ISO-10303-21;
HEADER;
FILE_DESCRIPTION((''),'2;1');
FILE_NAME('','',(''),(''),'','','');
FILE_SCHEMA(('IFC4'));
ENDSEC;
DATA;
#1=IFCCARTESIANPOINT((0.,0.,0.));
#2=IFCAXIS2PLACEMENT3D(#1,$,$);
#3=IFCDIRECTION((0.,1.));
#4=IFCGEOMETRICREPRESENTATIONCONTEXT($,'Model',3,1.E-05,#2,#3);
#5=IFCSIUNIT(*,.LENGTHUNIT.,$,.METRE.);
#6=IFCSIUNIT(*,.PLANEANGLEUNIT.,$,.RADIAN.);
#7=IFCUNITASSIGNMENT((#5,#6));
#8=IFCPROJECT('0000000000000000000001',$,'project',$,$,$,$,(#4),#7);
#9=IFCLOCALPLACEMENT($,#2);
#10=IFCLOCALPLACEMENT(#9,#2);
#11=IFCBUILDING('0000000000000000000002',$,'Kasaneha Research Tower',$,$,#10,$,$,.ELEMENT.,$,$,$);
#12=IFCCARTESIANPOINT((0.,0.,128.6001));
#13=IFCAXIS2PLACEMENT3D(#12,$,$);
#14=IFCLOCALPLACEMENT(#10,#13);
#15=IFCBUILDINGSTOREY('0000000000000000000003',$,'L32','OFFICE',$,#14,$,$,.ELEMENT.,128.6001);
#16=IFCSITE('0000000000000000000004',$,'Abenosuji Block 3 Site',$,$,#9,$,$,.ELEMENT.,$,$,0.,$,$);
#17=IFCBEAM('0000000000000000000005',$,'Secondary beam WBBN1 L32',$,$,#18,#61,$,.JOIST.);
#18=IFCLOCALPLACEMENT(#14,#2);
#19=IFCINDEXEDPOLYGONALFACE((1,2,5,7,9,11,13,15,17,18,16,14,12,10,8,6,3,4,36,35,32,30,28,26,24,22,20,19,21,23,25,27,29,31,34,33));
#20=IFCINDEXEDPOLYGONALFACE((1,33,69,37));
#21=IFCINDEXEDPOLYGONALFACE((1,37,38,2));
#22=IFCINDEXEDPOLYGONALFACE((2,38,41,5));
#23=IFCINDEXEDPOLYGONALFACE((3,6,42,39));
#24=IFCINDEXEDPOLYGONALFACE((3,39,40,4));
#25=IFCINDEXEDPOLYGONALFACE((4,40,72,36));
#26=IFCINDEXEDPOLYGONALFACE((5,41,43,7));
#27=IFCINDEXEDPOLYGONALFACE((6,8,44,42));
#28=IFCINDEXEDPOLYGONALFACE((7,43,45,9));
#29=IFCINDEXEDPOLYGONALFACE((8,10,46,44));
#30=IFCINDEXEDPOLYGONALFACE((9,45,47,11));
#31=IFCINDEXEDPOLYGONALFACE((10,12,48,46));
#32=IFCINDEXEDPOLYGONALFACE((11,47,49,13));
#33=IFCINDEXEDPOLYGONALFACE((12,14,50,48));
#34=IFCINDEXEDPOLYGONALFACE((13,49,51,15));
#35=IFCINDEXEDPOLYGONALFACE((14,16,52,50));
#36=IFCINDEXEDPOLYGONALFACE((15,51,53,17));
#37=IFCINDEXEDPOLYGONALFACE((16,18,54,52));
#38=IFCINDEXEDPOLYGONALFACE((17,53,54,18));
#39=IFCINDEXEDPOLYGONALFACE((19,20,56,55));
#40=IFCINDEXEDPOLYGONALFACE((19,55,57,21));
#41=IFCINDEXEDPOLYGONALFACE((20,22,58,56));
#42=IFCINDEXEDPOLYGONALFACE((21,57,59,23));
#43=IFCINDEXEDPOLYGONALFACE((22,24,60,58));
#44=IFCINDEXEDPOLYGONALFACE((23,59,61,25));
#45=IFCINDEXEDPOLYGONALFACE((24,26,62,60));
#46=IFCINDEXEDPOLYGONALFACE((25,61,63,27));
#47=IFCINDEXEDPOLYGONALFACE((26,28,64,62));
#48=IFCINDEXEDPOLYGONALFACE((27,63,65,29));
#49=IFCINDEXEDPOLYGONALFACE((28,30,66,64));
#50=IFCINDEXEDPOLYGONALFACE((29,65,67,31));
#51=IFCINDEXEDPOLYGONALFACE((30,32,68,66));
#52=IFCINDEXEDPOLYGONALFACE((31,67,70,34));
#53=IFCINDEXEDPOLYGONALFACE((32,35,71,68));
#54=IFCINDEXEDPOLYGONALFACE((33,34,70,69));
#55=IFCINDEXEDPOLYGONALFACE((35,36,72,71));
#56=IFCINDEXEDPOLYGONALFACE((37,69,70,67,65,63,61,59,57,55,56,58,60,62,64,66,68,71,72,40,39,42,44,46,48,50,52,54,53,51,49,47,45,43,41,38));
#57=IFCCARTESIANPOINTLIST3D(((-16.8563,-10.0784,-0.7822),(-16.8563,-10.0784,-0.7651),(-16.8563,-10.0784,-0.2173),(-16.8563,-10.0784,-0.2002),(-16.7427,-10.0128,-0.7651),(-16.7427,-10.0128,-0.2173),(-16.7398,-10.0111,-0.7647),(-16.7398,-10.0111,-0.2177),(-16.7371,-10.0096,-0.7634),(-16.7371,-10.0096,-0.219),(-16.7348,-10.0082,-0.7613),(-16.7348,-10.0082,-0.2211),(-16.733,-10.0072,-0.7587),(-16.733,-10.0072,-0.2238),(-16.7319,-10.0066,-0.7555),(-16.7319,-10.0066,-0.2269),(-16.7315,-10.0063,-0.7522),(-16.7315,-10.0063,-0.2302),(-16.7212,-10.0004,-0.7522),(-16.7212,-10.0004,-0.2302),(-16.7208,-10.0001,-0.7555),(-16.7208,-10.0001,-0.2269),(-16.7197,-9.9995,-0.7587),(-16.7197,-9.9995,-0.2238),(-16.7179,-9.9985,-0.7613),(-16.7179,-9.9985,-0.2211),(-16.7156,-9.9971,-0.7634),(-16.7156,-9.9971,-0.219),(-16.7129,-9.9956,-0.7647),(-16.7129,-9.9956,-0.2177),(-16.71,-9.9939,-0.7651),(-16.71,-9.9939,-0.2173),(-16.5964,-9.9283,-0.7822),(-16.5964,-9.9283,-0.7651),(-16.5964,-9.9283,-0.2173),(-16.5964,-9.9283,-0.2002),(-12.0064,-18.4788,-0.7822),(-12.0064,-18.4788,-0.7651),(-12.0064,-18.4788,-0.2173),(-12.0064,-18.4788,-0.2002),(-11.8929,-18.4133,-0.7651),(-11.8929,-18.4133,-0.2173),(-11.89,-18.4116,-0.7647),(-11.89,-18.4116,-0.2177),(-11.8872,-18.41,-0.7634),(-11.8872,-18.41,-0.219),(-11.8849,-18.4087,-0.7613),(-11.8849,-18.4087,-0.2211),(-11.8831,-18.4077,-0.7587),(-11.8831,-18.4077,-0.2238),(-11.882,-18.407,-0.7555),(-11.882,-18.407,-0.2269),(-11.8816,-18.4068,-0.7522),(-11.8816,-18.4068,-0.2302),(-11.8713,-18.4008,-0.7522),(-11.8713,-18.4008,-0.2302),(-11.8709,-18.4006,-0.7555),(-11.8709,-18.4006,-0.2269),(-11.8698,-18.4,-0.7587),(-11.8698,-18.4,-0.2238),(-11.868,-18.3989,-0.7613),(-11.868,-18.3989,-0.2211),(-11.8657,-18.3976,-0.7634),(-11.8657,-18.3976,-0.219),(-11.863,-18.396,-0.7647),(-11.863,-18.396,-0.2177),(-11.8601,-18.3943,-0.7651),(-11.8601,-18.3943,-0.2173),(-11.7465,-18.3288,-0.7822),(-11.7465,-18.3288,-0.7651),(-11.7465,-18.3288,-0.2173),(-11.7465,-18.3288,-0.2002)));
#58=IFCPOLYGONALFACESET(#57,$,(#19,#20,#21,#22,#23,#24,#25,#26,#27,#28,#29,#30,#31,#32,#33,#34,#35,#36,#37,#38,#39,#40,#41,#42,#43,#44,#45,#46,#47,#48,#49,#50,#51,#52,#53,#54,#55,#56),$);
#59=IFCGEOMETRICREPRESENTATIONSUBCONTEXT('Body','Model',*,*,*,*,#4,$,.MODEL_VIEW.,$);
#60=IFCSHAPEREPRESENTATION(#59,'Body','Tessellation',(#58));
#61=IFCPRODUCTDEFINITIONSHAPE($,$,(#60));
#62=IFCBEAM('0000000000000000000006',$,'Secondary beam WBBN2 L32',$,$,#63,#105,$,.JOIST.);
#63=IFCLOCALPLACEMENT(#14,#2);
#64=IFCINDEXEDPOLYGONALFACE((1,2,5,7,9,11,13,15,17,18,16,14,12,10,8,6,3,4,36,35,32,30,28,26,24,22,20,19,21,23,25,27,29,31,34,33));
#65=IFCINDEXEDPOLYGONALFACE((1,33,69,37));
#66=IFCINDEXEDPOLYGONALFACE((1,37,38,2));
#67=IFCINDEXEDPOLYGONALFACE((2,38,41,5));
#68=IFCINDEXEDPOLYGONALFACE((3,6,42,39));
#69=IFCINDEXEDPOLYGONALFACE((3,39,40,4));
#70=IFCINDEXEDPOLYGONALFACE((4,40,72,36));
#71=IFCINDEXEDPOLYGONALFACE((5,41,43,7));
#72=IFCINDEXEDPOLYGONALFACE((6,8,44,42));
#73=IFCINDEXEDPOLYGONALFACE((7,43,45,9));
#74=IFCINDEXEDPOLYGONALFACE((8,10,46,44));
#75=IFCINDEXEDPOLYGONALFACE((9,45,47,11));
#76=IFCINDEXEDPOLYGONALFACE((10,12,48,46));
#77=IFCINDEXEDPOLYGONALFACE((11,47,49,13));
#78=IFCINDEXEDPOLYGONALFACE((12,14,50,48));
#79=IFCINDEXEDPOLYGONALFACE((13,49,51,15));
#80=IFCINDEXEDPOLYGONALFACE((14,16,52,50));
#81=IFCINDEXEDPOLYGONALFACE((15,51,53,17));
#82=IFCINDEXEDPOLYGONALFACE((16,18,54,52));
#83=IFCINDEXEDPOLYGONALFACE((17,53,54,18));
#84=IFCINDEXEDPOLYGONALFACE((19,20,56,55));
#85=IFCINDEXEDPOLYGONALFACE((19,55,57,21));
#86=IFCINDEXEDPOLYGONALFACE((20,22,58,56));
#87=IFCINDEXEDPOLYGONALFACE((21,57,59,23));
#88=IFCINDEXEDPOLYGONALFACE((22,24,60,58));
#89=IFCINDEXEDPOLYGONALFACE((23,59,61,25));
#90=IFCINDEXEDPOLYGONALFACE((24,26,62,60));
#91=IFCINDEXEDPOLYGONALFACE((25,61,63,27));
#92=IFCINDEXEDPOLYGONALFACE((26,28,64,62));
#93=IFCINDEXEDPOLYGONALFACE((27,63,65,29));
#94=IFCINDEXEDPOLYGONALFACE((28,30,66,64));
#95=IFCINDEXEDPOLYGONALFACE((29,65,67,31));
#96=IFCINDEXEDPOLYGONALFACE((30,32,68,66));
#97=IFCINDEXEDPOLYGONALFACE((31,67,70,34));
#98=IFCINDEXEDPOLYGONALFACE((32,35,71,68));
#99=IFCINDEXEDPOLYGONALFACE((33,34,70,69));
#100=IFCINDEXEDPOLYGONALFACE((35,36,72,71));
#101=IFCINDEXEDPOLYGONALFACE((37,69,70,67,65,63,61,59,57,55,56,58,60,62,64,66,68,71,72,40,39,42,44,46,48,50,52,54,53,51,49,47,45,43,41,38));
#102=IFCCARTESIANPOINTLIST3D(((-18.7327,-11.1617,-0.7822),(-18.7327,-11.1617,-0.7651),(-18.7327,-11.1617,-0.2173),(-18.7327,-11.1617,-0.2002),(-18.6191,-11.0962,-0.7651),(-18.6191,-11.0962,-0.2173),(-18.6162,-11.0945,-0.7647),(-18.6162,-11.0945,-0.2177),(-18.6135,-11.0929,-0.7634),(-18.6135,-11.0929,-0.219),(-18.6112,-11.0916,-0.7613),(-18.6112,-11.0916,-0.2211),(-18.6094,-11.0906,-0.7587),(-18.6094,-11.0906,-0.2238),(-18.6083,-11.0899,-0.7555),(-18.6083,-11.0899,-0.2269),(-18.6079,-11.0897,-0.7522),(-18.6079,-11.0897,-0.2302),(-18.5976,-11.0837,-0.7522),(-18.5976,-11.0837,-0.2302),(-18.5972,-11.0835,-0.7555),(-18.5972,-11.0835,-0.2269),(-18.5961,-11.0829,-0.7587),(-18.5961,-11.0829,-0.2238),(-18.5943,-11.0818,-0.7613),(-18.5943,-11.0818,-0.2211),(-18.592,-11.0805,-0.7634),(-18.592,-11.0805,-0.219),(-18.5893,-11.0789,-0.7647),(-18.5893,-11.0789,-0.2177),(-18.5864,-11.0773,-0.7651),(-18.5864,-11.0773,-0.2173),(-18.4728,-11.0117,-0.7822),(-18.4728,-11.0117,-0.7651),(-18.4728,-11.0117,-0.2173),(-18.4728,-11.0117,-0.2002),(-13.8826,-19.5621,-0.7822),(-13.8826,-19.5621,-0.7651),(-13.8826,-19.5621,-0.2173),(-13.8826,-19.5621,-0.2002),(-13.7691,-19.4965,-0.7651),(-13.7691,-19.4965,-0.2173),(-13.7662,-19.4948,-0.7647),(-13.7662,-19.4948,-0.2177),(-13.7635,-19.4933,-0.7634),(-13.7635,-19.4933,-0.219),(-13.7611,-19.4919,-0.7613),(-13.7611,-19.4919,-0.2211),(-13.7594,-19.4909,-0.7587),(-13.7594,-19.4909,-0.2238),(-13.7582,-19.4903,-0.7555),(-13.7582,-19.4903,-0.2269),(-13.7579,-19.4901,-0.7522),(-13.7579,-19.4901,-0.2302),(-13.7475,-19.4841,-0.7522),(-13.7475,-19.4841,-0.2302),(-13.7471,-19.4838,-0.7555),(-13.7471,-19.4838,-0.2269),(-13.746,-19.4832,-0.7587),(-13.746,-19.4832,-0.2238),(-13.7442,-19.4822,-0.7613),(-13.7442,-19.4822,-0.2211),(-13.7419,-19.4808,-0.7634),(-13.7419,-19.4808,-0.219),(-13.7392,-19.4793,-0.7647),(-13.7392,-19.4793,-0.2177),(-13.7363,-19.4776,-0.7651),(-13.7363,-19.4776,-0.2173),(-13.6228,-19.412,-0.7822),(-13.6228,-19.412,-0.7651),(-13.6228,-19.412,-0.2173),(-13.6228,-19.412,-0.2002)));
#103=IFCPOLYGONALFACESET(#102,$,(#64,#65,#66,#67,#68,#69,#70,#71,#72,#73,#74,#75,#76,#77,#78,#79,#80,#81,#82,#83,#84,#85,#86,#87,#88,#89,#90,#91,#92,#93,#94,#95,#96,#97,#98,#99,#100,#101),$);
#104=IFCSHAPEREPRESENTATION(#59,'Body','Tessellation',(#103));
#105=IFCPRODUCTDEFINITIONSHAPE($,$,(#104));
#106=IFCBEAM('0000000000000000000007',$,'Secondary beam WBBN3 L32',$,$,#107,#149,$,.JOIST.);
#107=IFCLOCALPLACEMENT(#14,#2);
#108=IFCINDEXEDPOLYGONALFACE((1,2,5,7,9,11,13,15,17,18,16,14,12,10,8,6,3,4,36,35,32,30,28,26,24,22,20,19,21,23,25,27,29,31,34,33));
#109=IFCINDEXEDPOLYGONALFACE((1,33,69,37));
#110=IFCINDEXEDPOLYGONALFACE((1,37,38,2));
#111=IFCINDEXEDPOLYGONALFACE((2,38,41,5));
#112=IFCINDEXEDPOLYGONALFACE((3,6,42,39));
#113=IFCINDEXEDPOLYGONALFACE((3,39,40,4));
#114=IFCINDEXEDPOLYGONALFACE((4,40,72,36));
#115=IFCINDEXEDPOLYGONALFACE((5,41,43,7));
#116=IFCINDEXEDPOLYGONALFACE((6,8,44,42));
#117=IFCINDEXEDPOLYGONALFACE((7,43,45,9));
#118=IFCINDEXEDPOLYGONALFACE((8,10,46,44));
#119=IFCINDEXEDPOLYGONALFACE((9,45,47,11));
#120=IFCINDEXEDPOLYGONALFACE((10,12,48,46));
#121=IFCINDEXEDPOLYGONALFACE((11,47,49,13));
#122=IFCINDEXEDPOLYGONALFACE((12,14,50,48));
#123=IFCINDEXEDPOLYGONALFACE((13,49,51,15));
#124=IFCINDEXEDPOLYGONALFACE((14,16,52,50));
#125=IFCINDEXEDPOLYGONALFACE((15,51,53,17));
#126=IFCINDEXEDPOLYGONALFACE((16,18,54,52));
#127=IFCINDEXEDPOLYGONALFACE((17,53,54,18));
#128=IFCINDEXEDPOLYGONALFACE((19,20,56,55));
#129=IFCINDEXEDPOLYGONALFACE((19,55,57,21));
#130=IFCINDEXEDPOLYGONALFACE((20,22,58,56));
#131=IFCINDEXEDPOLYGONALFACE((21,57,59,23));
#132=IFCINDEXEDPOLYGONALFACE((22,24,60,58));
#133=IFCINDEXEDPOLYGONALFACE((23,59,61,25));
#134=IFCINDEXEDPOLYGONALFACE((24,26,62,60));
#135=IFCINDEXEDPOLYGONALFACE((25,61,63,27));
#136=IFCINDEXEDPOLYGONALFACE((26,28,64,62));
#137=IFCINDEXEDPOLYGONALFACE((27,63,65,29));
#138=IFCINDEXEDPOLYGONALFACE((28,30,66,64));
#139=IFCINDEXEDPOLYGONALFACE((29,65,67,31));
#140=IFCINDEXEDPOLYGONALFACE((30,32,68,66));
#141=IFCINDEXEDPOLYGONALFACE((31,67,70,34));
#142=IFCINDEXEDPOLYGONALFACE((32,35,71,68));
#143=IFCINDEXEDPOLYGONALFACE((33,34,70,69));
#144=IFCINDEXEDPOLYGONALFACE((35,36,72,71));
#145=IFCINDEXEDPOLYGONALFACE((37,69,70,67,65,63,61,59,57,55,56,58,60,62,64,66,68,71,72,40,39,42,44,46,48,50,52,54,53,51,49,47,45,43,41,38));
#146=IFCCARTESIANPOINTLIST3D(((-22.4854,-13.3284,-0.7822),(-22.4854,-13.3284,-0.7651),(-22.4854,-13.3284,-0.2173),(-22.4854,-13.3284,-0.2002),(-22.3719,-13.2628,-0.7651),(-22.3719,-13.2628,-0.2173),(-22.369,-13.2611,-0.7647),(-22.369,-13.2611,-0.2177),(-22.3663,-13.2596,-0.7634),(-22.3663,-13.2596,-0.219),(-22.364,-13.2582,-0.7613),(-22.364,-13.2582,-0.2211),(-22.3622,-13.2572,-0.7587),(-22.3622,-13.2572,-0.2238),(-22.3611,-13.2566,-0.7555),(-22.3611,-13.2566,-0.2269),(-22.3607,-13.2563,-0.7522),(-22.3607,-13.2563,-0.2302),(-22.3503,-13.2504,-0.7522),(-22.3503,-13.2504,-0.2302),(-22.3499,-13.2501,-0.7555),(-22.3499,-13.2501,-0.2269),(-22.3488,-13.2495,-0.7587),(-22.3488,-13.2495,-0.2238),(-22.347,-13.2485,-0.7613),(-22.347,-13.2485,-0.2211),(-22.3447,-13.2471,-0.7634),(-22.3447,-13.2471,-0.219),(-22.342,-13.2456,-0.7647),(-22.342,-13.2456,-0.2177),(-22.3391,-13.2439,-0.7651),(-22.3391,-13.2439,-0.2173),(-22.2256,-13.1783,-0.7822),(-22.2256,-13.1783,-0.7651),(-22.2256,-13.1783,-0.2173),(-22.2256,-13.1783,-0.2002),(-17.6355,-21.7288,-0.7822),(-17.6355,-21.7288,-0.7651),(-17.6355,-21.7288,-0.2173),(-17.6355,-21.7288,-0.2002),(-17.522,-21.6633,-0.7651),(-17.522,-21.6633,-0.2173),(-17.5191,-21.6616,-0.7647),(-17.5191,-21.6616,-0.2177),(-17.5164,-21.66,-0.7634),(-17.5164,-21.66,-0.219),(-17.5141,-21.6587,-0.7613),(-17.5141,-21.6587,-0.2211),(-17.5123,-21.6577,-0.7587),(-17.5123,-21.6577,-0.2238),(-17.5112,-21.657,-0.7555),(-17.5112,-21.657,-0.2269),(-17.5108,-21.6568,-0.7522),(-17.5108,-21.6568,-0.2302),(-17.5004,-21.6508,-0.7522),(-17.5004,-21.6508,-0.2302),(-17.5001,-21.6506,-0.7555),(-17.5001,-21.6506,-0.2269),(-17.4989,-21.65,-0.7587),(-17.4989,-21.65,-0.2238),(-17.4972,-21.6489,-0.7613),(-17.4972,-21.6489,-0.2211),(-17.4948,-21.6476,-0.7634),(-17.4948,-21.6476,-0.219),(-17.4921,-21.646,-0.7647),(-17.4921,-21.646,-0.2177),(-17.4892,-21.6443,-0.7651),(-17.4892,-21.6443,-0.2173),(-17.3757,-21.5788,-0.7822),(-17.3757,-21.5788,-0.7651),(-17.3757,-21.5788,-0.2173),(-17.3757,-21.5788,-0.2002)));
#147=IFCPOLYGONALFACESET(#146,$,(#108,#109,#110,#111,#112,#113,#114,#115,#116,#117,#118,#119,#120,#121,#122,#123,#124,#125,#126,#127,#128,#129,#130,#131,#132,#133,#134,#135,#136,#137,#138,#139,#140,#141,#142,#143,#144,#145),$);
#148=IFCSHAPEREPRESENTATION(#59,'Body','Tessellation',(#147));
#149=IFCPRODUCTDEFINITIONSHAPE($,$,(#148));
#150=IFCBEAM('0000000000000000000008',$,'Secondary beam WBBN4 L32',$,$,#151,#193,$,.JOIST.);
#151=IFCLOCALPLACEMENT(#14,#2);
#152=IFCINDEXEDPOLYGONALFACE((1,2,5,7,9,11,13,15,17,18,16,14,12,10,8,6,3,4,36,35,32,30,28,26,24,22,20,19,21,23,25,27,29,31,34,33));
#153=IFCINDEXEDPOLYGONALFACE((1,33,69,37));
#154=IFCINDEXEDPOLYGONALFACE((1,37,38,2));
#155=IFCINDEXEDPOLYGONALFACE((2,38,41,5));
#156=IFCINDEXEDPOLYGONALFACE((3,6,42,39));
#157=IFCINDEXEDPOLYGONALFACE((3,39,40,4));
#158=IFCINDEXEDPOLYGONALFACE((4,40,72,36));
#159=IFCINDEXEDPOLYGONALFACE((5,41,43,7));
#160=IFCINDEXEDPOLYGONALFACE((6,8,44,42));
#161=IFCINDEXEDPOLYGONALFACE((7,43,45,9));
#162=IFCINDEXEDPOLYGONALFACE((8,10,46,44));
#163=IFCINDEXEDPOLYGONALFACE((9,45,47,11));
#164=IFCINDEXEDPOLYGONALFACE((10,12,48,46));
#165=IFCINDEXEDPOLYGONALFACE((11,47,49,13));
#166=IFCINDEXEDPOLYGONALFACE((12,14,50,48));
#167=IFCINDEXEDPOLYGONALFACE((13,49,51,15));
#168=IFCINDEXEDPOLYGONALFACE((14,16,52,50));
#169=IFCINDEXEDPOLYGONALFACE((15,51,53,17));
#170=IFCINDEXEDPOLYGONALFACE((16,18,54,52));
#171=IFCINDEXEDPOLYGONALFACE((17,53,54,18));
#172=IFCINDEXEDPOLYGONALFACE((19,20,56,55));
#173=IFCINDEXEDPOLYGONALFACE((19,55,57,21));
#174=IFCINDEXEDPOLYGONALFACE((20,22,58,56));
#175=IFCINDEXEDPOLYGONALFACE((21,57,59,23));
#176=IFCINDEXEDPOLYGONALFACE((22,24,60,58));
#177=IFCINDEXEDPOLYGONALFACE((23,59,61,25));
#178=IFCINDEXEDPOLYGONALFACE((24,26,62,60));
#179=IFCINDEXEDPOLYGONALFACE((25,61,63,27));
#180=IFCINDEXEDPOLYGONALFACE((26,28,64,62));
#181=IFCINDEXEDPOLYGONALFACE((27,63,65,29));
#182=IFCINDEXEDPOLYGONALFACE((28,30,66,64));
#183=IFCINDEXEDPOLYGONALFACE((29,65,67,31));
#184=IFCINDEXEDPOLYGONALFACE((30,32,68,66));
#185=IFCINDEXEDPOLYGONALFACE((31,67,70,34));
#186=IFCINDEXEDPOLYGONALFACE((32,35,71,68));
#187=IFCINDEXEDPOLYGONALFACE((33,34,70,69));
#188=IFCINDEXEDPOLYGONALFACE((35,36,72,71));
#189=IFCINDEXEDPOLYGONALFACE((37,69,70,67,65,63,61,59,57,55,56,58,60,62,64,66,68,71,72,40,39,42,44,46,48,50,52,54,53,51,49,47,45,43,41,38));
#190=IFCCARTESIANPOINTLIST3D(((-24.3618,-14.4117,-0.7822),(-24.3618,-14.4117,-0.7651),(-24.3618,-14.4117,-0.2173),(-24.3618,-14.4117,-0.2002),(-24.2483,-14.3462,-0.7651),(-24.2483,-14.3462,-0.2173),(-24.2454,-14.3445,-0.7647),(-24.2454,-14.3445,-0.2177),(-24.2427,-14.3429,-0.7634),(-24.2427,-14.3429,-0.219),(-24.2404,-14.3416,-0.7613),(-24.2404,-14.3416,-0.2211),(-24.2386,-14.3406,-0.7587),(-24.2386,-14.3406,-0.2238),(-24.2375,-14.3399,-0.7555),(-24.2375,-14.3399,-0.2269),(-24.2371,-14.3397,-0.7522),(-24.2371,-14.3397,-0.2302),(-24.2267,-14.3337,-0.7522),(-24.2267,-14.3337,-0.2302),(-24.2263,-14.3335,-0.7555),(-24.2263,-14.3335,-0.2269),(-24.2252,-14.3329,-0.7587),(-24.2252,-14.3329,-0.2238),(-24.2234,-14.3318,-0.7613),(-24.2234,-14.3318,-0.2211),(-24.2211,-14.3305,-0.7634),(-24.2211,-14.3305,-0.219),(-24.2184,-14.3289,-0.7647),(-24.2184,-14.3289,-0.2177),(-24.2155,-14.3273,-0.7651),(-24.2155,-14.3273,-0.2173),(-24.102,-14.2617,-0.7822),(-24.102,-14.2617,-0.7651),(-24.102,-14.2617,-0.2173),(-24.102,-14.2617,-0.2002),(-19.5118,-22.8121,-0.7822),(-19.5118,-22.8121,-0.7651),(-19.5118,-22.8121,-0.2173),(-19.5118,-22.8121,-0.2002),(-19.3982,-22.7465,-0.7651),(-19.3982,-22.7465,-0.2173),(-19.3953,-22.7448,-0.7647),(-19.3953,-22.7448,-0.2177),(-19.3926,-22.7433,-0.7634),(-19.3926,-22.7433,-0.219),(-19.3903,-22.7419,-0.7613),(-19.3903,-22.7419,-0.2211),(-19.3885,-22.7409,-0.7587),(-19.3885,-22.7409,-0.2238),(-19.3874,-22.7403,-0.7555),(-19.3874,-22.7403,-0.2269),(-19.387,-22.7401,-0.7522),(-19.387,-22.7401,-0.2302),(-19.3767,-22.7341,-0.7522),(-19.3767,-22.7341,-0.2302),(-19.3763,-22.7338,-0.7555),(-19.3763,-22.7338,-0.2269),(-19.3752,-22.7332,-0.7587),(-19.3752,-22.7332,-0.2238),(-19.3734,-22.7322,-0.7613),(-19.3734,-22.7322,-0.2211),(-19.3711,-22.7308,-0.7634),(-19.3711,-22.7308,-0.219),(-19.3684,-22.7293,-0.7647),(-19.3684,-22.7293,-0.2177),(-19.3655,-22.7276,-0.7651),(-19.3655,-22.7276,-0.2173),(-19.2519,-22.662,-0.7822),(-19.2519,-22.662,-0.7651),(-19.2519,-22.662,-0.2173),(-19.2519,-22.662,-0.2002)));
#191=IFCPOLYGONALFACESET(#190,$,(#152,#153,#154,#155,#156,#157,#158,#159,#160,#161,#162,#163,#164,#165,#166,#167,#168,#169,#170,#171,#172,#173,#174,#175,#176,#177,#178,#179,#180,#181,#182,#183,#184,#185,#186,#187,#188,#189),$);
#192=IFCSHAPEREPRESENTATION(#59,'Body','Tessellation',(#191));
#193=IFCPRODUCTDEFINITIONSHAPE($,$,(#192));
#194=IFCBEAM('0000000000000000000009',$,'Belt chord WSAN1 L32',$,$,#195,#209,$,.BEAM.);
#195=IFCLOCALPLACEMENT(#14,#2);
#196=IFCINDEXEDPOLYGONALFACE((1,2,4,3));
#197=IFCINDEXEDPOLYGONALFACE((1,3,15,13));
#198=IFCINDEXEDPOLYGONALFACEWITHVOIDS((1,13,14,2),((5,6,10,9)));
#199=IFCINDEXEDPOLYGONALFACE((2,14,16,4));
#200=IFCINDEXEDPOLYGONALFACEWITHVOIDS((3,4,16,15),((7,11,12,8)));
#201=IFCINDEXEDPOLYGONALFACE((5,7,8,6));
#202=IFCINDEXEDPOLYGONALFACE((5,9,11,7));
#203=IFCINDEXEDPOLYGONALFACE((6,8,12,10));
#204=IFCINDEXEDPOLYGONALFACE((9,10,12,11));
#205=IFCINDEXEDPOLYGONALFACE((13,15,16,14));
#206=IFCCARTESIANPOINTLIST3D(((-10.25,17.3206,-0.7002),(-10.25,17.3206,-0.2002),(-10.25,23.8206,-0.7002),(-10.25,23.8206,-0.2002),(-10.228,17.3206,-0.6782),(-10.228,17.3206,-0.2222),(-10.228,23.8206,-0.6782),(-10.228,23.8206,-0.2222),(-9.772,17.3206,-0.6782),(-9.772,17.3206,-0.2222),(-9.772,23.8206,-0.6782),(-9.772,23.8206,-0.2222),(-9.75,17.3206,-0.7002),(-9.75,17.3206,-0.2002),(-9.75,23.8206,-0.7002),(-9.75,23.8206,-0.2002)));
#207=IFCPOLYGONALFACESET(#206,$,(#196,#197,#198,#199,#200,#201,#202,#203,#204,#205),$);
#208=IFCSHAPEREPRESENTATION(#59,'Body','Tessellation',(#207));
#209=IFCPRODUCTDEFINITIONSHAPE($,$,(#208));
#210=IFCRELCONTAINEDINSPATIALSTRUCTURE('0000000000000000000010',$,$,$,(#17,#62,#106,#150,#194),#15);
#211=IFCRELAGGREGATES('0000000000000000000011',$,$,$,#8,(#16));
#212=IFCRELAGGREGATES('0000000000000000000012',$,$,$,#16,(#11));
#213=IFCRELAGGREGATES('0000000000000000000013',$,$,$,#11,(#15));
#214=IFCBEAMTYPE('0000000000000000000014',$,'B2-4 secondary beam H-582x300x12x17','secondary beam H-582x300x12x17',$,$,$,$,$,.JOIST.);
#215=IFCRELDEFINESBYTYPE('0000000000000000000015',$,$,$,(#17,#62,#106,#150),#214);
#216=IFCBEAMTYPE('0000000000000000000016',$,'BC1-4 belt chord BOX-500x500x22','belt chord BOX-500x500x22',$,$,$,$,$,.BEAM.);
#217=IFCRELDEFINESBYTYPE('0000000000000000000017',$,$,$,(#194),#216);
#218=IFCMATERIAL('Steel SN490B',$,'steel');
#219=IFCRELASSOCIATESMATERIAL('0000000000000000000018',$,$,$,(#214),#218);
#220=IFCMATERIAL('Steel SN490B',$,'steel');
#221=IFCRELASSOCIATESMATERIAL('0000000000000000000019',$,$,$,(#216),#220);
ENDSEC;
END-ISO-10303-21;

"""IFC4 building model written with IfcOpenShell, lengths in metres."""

from ifc_helpers import new_model, si_unit, direction, frame, origin, origin_2d, place, context, subcontext, project, spatial, hollow_rectangle, i_section, extrude, material, material_profile, profile_set, type_object, element, save


model = new_model("IFC4")

# Units and contexts
model_context = context("Model", 3, precision=1e-05, world=origin(), true_north=direction((0.0, 1.0)))
body_context = subcontext(model_context, "Body", "Model", "MODEL_VIEW")
ifc_project = project(units=[si_unit("LENGTHUNIT", "METRE"), si_unit("PLANEANGLEUNIT", "RADIAN")], contexts=[model_context])

# Site, building, storey
site_placement = place(None, origin())
site = spatial("IfcSite", under=ifc_project, at=site_placement, Name="Abenosuji Block 3 Site", CompositionType="ELEMENT", RefElevation=0.0)
building_placement = place(site_placement, origin())
building = spatial("IfcBuilding", under=site, at=building_placement, Name="Kasaneha Research Tower", CompositionType="ELEMENT")
storey_placement = place(building_placement, frame((0.0, 0.0, 128.6001)))
storey = spatial("IfcBuildingStorey", under=building, at=storey_placement, Name="L32", Description="OFFICE", CompositionType="ELEMENT", Elevation=128.6001)

# Beams
ifc_material_1 = material(Name="Steel SN490B", Category="steel")
ifc_material_profile_1 = material_profile(ifc_material_1, i_section(OverallWidth=0.3, OverallDepth=0.582, WebThickness=0.012, FlangeThickness=0.0171, FilletRadius=0.0129, at=origin_2d()), Name="H-582x300x12x17")
ifc_profile_set_1 = profile_set([ifc_material_profile_1], Name="Steel SN490B")
beam_type_1 = type_object("IfcBeamType", Name="B2-4 secondary beam H-582x300x12x17", Description="secondary beam H-582x300x12x17", PredefinedType="JOIST", material=ifc_profile_set_1)
for number, where, z_axis, x_axis, name in (
    (1, (-11.8765, -18.4038, -0.4912), (-0.499991, 0.866031, 0.0), (-0.866031, -0.499991, 0.0), "Secondary beam WBBN1 L32"),
    (2, (-13.7527, -19.4871, -0.4912), (-0.50001, 0.86602, 0.0), (-0.86602, -0.50001, 0.0), "Secondary beam WBBN2 L32"),
    (3, (-17.5056, -21.6538, -0.4912), (-0.499991, 0.866031, 0.0), (-0.866031, -0.499991, 0.0), "Secondary beam WBBN3 L32"),
    (4, (-19.3818, -22.7371, -0.4912), (-0.50001, 0.86602, 0.0), (-0.86602, -0.50001, 0.0), "Secondary beam WBBN4 L32"),
):
    element("IfcBeam", number, at=place(storey_placement, frame(where, z_axis=z_axis, x_axis=x_axis)), inside=storey, type_object=beam_type_1, Name=name, PredefinedType="JOIST", context=body_context, shape_type="SweptSolid", body=[
        extrude(i_section(OverallWidth=0.3, OverallDepth=0.582, WebThickness=0.012, FlangeThickness=0.0171, FilletRadius=0.0129, at=origin_2d()), origin(), (0.0, 0.0, 1.0), 9.7),
    ])
ifc_material_2 = material(Name="Steel SN490B", Category="steel")
ifc_material_profile_2 = material_profile(ifc_material_2, hollow_rectangle(XDim=0.5, YDim=0.5, WallThickness=0.022, at=origin_2d()), Name="BOX-500x500x22")
ifc_profile_set_2 = profile_set([ifc_material_profile_2], Name="Steel SN490B")
beam_type_2 = type_object("IfcBeamType", Name="BC1-4 belt chord BOX-500x500x22", Description="belt chord BOX-500x500x22", PredefinedType="BEAM", material=ifc_profile_set_2)
for number, where, z_axis, x_axis, name in (
    (5, (-10.0, 17.3206, -0.4502), (0.0, 1.0, 0.0), (-1.0, 0.0, 0.0), "Belt chord WSAN1 L32"),
):
    element("IfcBeam", number, at=place(storey_placement, frame(where, z_axis=z_axis, x_axis=x_axis)), inside=storey, type_object=beam_type_2, Name=name, PredefinedType="BEAM", context=body_context, shape_type="SweptSolid", body=[
        extrude(hollow_rectangle(XDim=0.5, YDim=0.5, WallThickness=0.022, at=origin_2d()), origin(), (0.0, 0.0, 1.0), 6.5),
    ])

save(model, "model.ifc")
